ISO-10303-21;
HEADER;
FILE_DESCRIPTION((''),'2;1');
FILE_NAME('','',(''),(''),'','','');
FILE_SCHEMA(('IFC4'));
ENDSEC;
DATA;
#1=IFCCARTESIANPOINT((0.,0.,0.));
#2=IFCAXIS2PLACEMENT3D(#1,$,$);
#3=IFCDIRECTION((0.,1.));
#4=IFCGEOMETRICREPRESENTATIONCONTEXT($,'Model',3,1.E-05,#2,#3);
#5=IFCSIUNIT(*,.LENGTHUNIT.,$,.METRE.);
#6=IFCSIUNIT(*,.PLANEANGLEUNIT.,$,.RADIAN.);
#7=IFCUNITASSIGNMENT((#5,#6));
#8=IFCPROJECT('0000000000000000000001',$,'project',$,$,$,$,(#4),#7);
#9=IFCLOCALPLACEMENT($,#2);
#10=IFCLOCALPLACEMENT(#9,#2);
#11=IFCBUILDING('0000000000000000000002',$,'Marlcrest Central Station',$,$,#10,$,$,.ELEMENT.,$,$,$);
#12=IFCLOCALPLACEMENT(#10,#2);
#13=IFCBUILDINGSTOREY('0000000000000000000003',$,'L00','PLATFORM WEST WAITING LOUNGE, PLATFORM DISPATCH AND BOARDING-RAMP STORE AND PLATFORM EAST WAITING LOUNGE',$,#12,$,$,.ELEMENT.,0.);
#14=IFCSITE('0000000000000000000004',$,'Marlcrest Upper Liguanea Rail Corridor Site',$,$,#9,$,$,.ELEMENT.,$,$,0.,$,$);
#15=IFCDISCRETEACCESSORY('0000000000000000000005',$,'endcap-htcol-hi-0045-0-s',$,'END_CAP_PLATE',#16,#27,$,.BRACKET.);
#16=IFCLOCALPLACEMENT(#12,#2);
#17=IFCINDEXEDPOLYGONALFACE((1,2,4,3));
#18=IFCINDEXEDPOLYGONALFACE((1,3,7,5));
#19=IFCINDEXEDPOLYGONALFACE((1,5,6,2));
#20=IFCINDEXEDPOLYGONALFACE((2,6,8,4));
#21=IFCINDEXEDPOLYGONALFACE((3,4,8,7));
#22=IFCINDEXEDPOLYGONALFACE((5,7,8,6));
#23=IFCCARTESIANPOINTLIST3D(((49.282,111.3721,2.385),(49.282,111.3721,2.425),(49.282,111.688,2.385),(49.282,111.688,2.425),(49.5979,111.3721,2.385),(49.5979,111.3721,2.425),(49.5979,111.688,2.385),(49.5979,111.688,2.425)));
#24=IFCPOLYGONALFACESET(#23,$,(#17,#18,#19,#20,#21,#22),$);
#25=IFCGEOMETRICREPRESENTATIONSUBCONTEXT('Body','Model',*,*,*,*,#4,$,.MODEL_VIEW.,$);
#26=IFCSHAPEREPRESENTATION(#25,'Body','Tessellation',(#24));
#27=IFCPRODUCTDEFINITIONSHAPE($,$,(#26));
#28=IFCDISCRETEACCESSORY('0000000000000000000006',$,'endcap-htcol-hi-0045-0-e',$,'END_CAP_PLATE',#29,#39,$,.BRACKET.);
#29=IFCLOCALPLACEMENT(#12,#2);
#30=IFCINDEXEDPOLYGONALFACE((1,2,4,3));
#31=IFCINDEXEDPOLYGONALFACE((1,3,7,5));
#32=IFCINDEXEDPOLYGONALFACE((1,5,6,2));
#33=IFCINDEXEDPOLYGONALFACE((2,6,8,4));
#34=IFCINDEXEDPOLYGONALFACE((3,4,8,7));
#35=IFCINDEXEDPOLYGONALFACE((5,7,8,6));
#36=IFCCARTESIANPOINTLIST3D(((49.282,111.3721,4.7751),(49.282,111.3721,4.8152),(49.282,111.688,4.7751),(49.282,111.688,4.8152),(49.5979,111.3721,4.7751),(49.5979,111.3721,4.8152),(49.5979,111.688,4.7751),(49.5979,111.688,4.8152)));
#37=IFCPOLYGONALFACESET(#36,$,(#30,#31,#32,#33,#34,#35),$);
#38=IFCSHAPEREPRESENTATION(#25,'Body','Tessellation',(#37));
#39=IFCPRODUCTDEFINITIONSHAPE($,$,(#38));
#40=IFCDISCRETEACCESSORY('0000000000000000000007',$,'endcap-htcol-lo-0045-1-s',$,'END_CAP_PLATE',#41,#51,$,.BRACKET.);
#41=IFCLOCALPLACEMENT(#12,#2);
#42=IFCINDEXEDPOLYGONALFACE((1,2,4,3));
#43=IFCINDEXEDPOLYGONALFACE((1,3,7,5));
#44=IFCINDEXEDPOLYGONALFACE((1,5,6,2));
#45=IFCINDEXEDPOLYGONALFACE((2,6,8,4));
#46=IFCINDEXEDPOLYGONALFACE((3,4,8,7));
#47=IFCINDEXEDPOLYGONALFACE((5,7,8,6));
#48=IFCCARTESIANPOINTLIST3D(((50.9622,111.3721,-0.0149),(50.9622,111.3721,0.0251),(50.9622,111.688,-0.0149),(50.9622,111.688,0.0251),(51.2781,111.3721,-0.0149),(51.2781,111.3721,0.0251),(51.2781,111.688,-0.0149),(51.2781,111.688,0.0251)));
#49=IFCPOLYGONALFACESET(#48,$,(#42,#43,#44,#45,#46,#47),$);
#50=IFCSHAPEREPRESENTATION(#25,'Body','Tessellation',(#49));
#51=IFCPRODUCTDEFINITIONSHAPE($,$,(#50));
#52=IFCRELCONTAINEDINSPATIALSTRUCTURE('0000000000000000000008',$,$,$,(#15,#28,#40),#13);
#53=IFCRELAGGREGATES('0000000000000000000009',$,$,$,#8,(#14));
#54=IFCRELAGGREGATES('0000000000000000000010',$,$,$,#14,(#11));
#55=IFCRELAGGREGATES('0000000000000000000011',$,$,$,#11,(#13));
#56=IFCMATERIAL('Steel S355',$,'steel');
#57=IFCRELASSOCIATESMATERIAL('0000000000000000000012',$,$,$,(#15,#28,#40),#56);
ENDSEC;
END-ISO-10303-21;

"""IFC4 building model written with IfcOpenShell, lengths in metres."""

from ifc_helpers import new_model, si_unit, direction, frame, origin, origin_2d, place, context, subcontext, project, spatial, rectangle, extrude, material, element, save


model = new_model("IFC4")

# Units and contexts
model_context = context("Model", 3, precision=1e-05, world=origin(), true_north=direction((0.0, 1.0)))
body_context = subcontext(model_context, "Body", "Model", "MODEL_VIEW")
ifc_project = project(units=[si_unit("LENGTHUNIT", "METRE"), si_unit("PLANEANGLEUNIT", "RADIAN")], contexts=[model_context])

# Site, building, storey
site_placement = place(None, origin())
site = spatial("IfcSite", under=ifc_project, at=site_placement, Name="Marlcrest Upper Liguanea Rail Corridor Site", CompositionType="ELEMENT", RefElevation=0.0)
building_placement = place(site_placement, origin())
building = spatial("IfcBuilding", under=site, at=building_placement, Name="Marlcrest Central Station", CompositionType="ELEMENT")
storey_placement = place(building_placement, origin())
storey = spatial("IfcBuildingStorey", under=building, at=storey_placement, Name="L00", Description="PLATFORM WEST WAITING LOUNGE, PLATFORM DISPATCH AND BOARDING-RAMP STORE AND PLATFORM EAST WAITING LOUNGE", CompositionType="ELEMENT", Elevation=0.0)

# Shared definitions
ifc_material_1 = material(Name="Steel S355", Category="steel")

# Discrete accessories
for number, where, z_axis, x_axis, name in (
    (1, (49.4399, 111.53, 2.385), (0.0, 0.0, 1.0), (1.0, 0.0, 0.0), "endcap-htcol-hi-0045-0-s"),
    (2, (49.4399, 111.53, 4.7751), (0.0, 0.0, 1.0), (1.0, 0.0, 0.0), "endcap-htcol-hi-0045-0-e"),
    (3, (51.1201, 111.53, -0.0149), (0.0, 0.0, 1.0), (1.0, 0.0, 0.0), "endcap-htcol-lo-0045-1-s"),
):
    element("IfcDiscreteAccessory", number, at=place(storey_placement, frame(where, z_axis=z_axis, x_axis=x_axis)), inside=storey, material=ifc_material_1, Name=name, ObjectType="END_CAP_PLATE", PredefinedType="BRACKET", context=body_context, shape_type="SweptSolid", body=[
        extrude(rectangle(XDim=0.3159, YDim=0.3159, at=origin_2d()), origin(), (0.0, 0.0, 1.0), 0.04),
    ])

save(model, "model.ifc")
